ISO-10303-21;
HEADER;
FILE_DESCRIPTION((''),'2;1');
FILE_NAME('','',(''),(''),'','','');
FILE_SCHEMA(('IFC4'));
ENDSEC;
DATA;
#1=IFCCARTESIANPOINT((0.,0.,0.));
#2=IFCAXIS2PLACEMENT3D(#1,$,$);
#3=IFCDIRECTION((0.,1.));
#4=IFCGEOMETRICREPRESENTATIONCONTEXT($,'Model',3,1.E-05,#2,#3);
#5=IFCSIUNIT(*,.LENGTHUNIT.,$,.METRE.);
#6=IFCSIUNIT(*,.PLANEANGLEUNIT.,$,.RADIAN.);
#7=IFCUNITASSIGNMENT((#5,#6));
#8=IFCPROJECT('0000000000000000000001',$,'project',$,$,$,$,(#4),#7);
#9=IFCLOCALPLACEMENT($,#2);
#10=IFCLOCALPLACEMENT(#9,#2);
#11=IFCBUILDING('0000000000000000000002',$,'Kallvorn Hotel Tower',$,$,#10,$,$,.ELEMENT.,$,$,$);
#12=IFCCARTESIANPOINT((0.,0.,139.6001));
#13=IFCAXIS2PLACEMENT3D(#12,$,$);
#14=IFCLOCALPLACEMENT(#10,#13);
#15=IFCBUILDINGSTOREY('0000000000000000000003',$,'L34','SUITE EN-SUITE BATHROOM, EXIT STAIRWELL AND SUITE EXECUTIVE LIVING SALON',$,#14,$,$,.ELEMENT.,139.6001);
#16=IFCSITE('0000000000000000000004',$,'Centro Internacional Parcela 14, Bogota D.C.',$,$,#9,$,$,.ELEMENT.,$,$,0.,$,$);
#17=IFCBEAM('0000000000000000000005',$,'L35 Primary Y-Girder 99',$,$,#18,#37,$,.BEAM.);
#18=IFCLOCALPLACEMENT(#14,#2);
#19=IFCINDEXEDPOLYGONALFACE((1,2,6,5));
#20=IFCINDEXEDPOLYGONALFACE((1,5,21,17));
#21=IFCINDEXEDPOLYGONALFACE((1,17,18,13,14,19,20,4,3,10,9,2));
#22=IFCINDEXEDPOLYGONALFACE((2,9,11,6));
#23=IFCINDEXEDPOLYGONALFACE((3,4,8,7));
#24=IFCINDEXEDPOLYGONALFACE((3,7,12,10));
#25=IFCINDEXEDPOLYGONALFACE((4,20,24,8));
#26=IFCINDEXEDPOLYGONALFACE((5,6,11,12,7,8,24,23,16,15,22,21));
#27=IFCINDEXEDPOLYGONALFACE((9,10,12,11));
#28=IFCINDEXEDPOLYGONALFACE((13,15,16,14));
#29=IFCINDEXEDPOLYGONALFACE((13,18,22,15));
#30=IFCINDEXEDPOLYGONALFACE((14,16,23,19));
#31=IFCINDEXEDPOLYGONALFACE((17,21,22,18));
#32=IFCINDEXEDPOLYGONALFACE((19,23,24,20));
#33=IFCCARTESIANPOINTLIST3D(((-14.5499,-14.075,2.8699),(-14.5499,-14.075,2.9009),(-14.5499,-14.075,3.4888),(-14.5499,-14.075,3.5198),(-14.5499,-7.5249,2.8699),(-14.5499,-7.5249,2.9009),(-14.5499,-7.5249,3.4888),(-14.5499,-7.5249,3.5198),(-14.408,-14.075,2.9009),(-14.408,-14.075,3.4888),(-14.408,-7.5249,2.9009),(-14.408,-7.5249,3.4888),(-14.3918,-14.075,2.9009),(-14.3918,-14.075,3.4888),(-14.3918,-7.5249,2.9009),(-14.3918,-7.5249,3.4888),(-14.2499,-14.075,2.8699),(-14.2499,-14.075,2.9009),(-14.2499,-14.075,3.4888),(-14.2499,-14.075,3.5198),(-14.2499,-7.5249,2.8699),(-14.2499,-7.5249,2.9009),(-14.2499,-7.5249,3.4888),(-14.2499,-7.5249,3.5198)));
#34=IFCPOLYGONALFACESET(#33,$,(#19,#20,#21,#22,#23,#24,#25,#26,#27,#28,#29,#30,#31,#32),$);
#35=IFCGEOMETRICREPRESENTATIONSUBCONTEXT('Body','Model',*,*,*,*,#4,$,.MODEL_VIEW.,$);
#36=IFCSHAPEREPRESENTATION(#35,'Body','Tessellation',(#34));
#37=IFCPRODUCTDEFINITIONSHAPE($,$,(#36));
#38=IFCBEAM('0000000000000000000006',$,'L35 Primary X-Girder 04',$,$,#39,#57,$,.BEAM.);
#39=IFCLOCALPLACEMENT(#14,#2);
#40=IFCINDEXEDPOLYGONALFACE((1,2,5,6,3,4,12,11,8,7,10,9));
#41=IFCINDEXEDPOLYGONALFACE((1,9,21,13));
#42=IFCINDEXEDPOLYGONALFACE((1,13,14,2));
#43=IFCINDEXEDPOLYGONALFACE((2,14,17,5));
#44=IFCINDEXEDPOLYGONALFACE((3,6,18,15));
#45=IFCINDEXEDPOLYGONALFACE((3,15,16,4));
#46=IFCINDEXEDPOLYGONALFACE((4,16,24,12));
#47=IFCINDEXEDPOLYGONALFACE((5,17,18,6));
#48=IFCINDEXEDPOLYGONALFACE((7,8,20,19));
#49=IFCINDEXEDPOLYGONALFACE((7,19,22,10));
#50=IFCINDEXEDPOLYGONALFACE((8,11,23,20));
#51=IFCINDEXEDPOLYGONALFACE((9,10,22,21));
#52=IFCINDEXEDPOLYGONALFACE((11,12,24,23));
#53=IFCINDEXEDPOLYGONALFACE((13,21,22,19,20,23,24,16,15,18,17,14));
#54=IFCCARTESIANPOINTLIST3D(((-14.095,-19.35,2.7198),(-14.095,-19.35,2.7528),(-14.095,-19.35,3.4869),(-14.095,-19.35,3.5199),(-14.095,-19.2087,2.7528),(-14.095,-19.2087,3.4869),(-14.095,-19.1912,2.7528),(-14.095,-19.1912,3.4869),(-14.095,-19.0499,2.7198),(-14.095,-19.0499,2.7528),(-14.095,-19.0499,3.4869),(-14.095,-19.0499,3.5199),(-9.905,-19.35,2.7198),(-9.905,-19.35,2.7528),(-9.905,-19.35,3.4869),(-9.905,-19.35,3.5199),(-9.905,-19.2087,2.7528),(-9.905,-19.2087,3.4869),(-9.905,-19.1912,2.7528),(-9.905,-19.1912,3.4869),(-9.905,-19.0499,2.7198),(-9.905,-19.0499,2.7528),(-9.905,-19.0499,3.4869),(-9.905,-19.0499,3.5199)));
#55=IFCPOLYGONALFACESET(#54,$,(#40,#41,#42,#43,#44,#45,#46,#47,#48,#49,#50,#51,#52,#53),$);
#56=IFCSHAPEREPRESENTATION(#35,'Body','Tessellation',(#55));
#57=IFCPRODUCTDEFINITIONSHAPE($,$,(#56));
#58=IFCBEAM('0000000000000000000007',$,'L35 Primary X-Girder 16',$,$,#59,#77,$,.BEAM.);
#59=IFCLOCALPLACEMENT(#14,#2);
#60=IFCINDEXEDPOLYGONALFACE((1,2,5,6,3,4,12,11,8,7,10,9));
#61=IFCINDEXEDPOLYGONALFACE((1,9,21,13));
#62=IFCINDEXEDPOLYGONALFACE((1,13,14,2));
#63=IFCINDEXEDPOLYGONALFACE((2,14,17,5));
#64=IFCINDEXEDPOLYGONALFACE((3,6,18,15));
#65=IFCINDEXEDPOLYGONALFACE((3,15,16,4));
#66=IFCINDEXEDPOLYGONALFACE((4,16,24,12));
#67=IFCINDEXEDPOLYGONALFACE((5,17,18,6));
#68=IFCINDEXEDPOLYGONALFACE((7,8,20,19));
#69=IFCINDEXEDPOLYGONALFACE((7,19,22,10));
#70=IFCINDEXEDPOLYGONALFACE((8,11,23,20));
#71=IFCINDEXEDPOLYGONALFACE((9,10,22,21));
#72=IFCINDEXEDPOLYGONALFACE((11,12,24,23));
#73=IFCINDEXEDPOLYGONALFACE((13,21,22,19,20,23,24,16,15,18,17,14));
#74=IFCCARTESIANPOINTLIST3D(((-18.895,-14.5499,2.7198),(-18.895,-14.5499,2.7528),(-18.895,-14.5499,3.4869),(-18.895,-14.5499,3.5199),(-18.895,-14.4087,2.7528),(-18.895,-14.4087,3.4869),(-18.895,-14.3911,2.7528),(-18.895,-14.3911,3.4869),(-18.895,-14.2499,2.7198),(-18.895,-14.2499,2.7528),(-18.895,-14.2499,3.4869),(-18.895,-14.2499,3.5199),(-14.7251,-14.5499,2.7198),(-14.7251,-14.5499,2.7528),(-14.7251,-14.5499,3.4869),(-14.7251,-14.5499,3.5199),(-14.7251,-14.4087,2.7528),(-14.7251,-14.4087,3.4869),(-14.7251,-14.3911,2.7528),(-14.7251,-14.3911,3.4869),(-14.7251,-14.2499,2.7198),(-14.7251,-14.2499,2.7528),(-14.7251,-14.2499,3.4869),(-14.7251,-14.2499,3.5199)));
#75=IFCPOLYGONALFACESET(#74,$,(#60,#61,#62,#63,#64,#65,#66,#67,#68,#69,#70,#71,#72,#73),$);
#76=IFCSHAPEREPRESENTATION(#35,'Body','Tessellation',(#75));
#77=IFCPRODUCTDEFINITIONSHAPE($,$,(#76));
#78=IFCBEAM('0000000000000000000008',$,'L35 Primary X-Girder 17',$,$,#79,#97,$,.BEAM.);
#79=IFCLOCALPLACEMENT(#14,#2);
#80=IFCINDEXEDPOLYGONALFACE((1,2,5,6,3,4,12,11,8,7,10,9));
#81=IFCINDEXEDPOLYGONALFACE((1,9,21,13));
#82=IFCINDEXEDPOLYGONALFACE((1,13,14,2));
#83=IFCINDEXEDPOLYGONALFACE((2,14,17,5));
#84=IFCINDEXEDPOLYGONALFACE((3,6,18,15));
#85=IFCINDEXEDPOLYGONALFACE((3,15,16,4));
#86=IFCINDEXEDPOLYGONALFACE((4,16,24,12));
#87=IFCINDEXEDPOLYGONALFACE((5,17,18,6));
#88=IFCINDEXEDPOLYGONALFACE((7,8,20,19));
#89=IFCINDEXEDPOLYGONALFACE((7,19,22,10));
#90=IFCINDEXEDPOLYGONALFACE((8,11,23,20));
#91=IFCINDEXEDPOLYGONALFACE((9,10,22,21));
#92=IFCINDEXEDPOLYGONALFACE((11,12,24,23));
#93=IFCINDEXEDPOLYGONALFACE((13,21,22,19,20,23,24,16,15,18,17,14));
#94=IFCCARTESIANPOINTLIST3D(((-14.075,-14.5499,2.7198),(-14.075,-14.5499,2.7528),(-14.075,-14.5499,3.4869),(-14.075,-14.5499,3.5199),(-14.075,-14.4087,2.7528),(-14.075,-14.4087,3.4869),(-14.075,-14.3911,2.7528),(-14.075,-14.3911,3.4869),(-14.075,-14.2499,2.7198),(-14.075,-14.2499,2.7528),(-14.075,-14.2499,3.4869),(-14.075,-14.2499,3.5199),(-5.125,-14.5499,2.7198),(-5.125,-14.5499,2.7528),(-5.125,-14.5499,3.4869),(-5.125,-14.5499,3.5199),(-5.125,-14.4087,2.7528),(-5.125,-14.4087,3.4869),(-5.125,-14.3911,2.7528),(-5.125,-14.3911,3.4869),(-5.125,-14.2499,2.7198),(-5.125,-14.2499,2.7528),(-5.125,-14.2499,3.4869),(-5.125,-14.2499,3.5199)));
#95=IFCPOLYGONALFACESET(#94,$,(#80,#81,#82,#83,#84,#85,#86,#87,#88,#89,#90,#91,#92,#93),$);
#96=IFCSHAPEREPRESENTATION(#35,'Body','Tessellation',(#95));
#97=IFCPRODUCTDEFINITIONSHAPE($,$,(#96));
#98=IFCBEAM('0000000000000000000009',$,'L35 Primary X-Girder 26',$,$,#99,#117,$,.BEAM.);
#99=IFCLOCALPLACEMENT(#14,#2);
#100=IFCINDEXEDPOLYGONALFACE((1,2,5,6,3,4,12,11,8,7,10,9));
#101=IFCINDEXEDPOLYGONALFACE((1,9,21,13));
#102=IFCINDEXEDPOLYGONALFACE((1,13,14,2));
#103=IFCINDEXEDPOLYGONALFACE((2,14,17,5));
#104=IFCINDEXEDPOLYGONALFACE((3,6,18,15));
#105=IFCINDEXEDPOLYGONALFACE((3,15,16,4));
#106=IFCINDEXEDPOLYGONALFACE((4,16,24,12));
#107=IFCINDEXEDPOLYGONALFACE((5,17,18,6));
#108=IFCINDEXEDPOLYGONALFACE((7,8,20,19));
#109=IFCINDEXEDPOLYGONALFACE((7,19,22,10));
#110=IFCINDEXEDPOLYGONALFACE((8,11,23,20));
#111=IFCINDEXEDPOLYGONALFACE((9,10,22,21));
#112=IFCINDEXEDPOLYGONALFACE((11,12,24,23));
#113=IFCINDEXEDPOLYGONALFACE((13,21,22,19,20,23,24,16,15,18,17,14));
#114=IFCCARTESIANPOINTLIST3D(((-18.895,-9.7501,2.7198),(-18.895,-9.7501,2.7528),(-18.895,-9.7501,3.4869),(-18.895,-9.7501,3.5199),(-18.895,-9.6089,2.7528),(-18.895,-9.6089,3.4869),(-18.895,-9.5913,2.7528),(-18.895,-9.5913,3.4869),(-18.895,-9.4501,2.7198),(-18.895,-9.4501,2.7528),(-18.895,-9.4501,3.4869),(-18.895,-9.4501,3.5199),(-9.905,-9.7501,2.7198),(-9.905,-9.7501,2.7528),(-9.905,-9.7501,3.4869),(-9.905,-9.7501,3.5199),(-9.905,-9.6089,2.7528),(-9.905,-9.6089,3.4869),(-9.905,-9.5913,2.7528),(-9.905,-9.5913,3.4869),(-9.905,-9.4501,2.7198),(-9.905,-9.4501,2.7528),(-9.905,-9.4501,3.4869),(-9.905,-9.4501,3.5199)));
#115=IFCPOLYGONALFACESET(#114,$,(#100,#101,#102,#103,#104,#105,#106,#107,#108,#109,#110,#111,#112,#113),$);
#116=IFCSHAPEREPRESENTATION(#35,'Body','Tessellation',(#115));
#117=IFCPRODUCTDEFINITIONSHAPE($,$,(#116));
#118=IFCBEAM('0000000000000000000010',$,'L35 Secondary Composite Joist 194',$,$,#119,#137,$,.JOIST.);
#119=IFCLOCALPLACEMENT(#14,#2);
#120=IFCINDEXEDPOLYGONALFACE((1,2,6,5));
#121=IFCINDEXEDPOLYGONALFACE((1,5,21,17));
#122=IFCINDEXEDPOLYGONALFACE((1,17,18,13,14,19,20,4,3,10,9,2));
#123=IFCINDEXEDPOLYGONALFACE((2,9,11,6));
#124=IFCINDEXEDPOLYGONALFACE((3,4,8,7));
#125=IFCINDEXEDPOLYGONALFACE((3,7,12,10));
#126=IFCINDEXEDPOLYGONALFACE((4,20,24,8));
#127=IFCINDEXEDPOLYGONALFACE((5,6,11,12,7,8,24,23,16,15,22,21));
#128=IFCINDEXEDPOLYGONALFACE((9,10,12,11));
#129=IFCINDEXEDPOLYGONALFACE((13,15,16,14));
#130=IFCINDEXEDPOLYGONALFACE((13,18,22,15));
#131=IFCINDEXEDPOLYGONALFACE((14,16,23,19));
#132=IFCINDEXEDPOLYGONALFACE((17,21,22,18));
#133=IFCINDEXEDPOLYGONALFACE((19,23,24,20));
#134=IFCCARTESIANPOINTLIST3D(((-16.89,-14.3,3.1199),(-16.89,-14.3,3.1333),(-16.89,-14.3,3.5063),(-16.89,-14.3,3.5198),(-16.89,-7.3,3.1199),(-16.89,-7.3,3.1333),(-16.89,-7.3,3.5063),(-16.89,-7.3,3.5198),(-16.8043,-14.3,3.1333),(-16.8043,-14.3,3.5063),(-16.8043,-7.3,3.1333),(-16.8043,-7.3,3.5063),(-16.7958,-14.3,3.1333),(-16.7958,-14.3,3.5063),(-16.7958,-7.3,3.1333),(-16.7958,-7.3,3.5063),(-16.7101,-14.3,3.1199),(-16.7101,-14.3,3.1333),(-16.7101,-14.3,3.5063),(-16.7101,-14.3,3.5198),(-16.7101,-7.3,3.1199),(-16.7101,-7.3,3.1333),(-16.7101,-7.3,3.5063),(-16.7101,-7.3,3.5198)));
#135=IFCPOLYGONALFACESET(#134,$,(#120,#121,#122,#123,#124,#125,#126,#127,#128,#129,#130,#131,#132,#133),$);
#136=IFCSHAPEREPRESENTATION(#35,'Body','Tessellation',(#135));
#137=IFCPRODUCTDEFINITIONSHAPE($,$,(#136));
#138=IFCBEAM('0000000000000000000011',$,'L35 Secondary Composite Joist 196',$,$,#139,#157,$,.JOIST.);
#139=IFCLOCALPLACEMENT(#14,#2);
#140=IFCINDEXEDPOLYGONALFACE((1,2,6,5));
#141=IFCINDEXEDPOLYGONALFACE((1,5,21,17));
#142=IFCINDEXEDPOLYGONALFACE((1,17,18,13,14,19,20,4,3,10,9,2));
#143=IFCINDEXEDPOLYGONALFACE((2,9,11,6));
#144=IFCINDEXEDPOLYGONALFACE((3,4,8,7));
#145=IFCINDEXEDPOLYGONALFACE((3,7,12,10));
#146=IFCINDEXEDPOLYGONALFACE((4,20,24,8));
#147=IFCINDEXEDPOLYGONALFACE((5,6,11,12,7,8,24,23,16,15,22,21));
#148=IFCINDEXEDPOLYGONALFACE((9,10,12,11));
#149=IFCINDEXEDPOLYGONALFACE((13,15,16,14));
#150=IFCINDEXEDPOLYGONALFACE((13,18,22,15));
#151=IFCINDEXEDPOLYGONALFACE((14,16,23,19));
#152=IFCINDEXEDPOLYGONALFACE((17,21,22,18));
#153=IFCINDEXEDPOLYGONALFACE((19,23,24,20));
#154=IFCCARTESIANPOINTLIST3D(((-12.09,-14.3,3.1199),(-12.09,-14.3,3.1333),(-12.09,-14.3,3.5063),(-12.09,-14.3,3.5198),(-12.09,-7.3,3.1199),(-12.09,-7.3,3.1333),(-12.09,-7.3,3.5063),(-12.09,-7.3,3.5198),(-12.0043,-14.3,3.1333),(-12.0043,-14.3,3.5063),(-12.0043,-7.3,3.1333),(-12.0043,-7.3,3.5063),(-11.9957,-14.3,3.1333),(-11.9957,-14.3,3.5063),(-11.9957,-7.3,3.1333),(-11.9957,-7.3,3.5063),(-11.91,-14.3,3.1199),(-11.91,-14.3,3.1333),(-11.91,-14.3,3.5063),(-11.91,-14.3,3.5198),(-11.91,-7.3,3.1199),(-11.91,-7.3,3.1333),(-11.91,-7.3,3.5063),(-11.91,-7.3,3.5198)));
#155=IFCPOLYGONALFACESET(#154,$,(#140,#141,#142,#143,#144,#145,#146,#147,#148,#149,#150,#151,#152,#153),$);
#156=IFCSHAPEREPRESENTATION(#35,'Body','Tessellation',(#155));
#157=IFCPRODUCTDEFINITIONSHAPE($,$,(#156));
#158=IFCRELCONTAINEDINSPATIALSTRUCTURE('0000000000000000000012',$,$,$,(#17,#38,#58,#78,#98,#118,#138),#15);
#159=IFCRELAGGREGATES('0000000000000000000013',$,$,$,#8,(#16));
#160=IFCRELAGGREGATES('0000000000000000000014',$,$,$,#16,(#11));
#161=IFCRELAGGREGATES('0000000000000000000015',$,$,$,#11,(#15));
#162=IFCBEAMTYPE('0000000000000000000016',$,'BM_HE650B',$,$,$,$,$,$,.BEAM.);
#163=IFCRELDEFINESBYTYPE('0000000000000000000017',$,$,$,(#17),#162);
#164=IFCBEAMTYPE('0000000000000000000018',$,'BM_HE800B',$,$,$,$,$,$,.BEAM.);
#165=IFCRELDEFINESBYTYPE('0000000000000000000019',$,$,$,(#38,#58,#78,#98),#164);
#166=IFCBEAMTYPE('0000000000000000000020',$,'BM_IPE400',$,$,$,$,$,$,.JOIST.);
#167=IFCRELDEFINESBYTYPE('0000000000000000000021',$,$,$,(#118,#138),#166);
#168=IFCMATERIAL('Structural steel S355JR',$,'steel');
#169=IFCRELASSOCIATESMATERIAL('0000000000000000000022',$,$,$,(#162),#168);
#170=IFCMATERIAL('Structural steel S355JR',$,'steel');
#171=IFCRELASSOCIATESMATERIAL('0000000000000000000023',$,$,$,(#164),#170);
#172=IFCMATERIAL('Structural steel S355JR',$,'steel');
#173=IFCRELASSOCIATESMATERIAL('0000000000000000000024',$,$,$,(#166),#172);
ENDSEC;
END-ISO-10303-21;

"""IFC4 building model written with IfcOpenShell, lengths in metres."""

from ifc_helpers import new_model, si_unit, direction, frame, origin, origin_2d, place, context, subcontext, project, spatial, i_section, extrude, material, material_profile, profile_set, type_object, element, save


model = new_model("IFC4")

# Units and contexts
model_context = context("Model", 3, precision=1e-05, world=origin(), true_north=direction((0.0, 1.0)))
body_context = subcontext(model_context, "Body", "Model", "MODEL_VIEW")
ifc_project = project(units=[si_unit("LENGTHUNIT", "METRE"), si_unit("PLANEANGLEUNIT", "RADIAN")], contexts=[model_context])

# Site, building, storey
site_placement = place(None, origin())
site = spatial("IfcSite", under=ifc_project, at=site_placement, Name="Centro Internacional Parcela 14, Bogota D.C.", CompositionType="ELEMENT", RefElevation=0.0)
building_placement = place(site_placement, origin())
building = spatial("IfcBuilding", under=site, at=building_placement, Name="Kallvorn Hotel Tower", CompositionType="ELEMENT")
storey_placement = place(building_placement, frame((0.0, 0.0, 139.6001)))
storey = spatial("IfcBuildingStorey", under=building, at=storey_placement, Name="L34", Description="SUITE EN-SUITE BATHROOM, EXIT STAIRWELL AND SUITE EXECUTIVE LIVING SALON", CompositionType="ELEMENT", Elevation=139.6001)

# Beams
ifc_material_1 = material(Name="Structural steel S355JR", Category="steel")
ifc_material_profile_1 = material_profile(ifc_material_1, i_section(OverallWidth=0.3, OverallDepth=0.6499, WebThickness=0.0161, FlangeThickness=0.031, at=origin_2d()), Name="HE 650 B")
ifc_profile_set_1 = profile_set([ifc_material_profile_1], Name="Structural steel S355JR")
beam_type_1 = type_object("IfcBeamType", Name="BM_HE650B", PredefinedType="BEAM", material=ifc_profile_set_1)
beam_1_placement = place(storey_placement, frame((-14.3999, -14.075, 3.1948), z_axis=(0.0, 1.0, 0.0), x_axis=(-1.0, 0.0, 0.0)))
element("IfcBeam", 1, at=beam_1_placement, inside=storey, type_object=beam_type_1, Name="L35 Primary Y-Girder 99", PredefinedType="BEAM", context=body_context, shape_type="SweptSolid", body=[
    extrude(i_section(OverallWidth=0.3, OverallDepth=0.6499, WebThickness=0.0161, FlangeThickness=0.031, at=origin_2d()), origin(), (0.0, 0.0, 1.0), 6.55),
])
ifc_material_2 = material(Name="Structural steel S355JR", Category="steel")
ifc_material_profile_2 = material_profile(ifc_material_2, i_section(OverallWidth=0.3, OverallDepth=0.8, WebThickness=0.0176, FlangeThickness=0.033, at=origin_2d()), Name="HE 800 B")
ifc_profile_set_2 = profile_set([ifc_material_profile_2], Name="Structural steel S355JR")
beam_type_2 = type_object("IfcBeamType", Name="BM_HE800B", PredefinedType="BEAM", material=ifc_profile_set_2)
beam_2_placement = place(storey_placement, frame((-14.095, -19.2, 3.1199), z_axis=(1.0, 0.0, 0.0), x_axis=(0.0, 1.0, 0.0)))
element("IfcBeam", 2, at=beam_2_placement, inside=storey, type_object=beam_type_2, Name="L35 Primary X-Girder 04", PredefinedType="BEAM", context=body_context, shape_type="SweptSolid", body=[
    extrude(i_section(OverallWidth=0.3, OverallDepth=0.8, WebThickness=0.0176, FlangeThickness=0.033, at=origin_2d()), origin(), (0.0, 0.0, 1.0), 4.1899),
])
beam_3_placement = place(storey_placement, frame((-18.895, -14.3999, 3.1199), z_axis=(1.0, 0.0, 0.0), x_axis=(0.0, 1.0, 0.0)))
element("IfcBeam", 3, at=beam_3_placement, inside=storey, type_object=beam_type_2, Name="L35 Primary X-Girder 16", PredefinedType="BEAM", context=body_context, shape_type="SweptSolid", body=[
    extrude(i_section(OverallWidth=0.3, OverallDepth=0.8, WebThickness=0.0176, FlangeThickness=0.033, at=origin_2d()), origin(), (0.0, 0.0, 1.0), 4.1699),
])
beam_4_placement = place(storey_placement, frame((-14.075, -14.3999, 3.1199), z_axis=(1.0, 0.0, 0.0), x_axis=(0.0, 1.0, 0.0)))
element("IfcBeam", 4, at=beam_4_placement, inside=storey, type_object=beam_type_2, Name="L35 Primary X-Girder 17", PredefinedType="BEAM", context=body_context, shape_type="SweptSolid", body=[
    extrude(i_section(OverallWidth=0.3, OverallDepth=0.8, WebThickness=0.0176, FlangeThickness=0.033, at=origin_2d()), origin(), (0.0, 0.0, 1.0), 8.95),
])
beam_5_placement = place(storey_placement, frame((-18.895, -9.6001, 3.1199), z_axis=(1.0, 0.0, 0.0), x_axis=(0.0, 1.0, 0.0)))
element("IfcBeam", 5, at=beam_5_placement, inside=storey, type_object=beam_type_2, Name="L35 Primary X-Girder 26", PredefinedType="BEAM", context=body_context, shape_type="SweptSolid", body=[
    extrude(i_section(OverallWidth=0.3, OverallDepth=0.8, WebThickness=0.0176, FlangeThickness=0.033, at=origin_2d()), origin(), (0.0, 0.0, 1.0), 8.99),
])
ifc_material_3 = material(Name="Structural steel S355JR", Category="steel")
ifc_material_profile_3 = material_profile(ifc_material_3, i_section(OverallWidth=0.1799, OverallDepth=0.3999, WebThickness=0.0085, FlangeThickness=0.0134, at=origin_2d()), Name="IPE 400")
ifc_profile_set_3 = profile_set([ifc_material_profile_3], Name="Structural steel S355JR")
beam_type_3 = type_object("IfcBeamType", Name="BM_IPE400", PredefinedType="JOIST", material=ifc_profile_set_3)
for number, where, z_axis, x_axis, name in (
    (6, (-16.8, -14.3, 3.3198), (0.0, 1.0, 0.0), (-1.0, 0.0, 0.0), "L35 Secondary Composite Joist 194"),
    (7, (-12.0, -14.3, 3.3198), (0.0, 1.0, 0.0), (-1.0, 0.0, 0.0), "L35 Secondary Composite Joist 196"),
):
    element("IfcBeam", number, at=place(storey_placement, frame(where, z_axis=z_axis, x_axis=x_axis)), inside=storey, type_object=beam_type_3, Name=name, PredefinedType="JOIST", context=body_context, shape_type="SweptSolid", body=[
        extrude(i_section(OverallWidth=0.1799, OverallDepth=0.3999, WebThickness=0.0085, FlangeThickness=0.0134, at=origin_2d()), origin(), (0.0, 0.0, 1.0), 7.0),
    ])

save(model, "model.ifc")
